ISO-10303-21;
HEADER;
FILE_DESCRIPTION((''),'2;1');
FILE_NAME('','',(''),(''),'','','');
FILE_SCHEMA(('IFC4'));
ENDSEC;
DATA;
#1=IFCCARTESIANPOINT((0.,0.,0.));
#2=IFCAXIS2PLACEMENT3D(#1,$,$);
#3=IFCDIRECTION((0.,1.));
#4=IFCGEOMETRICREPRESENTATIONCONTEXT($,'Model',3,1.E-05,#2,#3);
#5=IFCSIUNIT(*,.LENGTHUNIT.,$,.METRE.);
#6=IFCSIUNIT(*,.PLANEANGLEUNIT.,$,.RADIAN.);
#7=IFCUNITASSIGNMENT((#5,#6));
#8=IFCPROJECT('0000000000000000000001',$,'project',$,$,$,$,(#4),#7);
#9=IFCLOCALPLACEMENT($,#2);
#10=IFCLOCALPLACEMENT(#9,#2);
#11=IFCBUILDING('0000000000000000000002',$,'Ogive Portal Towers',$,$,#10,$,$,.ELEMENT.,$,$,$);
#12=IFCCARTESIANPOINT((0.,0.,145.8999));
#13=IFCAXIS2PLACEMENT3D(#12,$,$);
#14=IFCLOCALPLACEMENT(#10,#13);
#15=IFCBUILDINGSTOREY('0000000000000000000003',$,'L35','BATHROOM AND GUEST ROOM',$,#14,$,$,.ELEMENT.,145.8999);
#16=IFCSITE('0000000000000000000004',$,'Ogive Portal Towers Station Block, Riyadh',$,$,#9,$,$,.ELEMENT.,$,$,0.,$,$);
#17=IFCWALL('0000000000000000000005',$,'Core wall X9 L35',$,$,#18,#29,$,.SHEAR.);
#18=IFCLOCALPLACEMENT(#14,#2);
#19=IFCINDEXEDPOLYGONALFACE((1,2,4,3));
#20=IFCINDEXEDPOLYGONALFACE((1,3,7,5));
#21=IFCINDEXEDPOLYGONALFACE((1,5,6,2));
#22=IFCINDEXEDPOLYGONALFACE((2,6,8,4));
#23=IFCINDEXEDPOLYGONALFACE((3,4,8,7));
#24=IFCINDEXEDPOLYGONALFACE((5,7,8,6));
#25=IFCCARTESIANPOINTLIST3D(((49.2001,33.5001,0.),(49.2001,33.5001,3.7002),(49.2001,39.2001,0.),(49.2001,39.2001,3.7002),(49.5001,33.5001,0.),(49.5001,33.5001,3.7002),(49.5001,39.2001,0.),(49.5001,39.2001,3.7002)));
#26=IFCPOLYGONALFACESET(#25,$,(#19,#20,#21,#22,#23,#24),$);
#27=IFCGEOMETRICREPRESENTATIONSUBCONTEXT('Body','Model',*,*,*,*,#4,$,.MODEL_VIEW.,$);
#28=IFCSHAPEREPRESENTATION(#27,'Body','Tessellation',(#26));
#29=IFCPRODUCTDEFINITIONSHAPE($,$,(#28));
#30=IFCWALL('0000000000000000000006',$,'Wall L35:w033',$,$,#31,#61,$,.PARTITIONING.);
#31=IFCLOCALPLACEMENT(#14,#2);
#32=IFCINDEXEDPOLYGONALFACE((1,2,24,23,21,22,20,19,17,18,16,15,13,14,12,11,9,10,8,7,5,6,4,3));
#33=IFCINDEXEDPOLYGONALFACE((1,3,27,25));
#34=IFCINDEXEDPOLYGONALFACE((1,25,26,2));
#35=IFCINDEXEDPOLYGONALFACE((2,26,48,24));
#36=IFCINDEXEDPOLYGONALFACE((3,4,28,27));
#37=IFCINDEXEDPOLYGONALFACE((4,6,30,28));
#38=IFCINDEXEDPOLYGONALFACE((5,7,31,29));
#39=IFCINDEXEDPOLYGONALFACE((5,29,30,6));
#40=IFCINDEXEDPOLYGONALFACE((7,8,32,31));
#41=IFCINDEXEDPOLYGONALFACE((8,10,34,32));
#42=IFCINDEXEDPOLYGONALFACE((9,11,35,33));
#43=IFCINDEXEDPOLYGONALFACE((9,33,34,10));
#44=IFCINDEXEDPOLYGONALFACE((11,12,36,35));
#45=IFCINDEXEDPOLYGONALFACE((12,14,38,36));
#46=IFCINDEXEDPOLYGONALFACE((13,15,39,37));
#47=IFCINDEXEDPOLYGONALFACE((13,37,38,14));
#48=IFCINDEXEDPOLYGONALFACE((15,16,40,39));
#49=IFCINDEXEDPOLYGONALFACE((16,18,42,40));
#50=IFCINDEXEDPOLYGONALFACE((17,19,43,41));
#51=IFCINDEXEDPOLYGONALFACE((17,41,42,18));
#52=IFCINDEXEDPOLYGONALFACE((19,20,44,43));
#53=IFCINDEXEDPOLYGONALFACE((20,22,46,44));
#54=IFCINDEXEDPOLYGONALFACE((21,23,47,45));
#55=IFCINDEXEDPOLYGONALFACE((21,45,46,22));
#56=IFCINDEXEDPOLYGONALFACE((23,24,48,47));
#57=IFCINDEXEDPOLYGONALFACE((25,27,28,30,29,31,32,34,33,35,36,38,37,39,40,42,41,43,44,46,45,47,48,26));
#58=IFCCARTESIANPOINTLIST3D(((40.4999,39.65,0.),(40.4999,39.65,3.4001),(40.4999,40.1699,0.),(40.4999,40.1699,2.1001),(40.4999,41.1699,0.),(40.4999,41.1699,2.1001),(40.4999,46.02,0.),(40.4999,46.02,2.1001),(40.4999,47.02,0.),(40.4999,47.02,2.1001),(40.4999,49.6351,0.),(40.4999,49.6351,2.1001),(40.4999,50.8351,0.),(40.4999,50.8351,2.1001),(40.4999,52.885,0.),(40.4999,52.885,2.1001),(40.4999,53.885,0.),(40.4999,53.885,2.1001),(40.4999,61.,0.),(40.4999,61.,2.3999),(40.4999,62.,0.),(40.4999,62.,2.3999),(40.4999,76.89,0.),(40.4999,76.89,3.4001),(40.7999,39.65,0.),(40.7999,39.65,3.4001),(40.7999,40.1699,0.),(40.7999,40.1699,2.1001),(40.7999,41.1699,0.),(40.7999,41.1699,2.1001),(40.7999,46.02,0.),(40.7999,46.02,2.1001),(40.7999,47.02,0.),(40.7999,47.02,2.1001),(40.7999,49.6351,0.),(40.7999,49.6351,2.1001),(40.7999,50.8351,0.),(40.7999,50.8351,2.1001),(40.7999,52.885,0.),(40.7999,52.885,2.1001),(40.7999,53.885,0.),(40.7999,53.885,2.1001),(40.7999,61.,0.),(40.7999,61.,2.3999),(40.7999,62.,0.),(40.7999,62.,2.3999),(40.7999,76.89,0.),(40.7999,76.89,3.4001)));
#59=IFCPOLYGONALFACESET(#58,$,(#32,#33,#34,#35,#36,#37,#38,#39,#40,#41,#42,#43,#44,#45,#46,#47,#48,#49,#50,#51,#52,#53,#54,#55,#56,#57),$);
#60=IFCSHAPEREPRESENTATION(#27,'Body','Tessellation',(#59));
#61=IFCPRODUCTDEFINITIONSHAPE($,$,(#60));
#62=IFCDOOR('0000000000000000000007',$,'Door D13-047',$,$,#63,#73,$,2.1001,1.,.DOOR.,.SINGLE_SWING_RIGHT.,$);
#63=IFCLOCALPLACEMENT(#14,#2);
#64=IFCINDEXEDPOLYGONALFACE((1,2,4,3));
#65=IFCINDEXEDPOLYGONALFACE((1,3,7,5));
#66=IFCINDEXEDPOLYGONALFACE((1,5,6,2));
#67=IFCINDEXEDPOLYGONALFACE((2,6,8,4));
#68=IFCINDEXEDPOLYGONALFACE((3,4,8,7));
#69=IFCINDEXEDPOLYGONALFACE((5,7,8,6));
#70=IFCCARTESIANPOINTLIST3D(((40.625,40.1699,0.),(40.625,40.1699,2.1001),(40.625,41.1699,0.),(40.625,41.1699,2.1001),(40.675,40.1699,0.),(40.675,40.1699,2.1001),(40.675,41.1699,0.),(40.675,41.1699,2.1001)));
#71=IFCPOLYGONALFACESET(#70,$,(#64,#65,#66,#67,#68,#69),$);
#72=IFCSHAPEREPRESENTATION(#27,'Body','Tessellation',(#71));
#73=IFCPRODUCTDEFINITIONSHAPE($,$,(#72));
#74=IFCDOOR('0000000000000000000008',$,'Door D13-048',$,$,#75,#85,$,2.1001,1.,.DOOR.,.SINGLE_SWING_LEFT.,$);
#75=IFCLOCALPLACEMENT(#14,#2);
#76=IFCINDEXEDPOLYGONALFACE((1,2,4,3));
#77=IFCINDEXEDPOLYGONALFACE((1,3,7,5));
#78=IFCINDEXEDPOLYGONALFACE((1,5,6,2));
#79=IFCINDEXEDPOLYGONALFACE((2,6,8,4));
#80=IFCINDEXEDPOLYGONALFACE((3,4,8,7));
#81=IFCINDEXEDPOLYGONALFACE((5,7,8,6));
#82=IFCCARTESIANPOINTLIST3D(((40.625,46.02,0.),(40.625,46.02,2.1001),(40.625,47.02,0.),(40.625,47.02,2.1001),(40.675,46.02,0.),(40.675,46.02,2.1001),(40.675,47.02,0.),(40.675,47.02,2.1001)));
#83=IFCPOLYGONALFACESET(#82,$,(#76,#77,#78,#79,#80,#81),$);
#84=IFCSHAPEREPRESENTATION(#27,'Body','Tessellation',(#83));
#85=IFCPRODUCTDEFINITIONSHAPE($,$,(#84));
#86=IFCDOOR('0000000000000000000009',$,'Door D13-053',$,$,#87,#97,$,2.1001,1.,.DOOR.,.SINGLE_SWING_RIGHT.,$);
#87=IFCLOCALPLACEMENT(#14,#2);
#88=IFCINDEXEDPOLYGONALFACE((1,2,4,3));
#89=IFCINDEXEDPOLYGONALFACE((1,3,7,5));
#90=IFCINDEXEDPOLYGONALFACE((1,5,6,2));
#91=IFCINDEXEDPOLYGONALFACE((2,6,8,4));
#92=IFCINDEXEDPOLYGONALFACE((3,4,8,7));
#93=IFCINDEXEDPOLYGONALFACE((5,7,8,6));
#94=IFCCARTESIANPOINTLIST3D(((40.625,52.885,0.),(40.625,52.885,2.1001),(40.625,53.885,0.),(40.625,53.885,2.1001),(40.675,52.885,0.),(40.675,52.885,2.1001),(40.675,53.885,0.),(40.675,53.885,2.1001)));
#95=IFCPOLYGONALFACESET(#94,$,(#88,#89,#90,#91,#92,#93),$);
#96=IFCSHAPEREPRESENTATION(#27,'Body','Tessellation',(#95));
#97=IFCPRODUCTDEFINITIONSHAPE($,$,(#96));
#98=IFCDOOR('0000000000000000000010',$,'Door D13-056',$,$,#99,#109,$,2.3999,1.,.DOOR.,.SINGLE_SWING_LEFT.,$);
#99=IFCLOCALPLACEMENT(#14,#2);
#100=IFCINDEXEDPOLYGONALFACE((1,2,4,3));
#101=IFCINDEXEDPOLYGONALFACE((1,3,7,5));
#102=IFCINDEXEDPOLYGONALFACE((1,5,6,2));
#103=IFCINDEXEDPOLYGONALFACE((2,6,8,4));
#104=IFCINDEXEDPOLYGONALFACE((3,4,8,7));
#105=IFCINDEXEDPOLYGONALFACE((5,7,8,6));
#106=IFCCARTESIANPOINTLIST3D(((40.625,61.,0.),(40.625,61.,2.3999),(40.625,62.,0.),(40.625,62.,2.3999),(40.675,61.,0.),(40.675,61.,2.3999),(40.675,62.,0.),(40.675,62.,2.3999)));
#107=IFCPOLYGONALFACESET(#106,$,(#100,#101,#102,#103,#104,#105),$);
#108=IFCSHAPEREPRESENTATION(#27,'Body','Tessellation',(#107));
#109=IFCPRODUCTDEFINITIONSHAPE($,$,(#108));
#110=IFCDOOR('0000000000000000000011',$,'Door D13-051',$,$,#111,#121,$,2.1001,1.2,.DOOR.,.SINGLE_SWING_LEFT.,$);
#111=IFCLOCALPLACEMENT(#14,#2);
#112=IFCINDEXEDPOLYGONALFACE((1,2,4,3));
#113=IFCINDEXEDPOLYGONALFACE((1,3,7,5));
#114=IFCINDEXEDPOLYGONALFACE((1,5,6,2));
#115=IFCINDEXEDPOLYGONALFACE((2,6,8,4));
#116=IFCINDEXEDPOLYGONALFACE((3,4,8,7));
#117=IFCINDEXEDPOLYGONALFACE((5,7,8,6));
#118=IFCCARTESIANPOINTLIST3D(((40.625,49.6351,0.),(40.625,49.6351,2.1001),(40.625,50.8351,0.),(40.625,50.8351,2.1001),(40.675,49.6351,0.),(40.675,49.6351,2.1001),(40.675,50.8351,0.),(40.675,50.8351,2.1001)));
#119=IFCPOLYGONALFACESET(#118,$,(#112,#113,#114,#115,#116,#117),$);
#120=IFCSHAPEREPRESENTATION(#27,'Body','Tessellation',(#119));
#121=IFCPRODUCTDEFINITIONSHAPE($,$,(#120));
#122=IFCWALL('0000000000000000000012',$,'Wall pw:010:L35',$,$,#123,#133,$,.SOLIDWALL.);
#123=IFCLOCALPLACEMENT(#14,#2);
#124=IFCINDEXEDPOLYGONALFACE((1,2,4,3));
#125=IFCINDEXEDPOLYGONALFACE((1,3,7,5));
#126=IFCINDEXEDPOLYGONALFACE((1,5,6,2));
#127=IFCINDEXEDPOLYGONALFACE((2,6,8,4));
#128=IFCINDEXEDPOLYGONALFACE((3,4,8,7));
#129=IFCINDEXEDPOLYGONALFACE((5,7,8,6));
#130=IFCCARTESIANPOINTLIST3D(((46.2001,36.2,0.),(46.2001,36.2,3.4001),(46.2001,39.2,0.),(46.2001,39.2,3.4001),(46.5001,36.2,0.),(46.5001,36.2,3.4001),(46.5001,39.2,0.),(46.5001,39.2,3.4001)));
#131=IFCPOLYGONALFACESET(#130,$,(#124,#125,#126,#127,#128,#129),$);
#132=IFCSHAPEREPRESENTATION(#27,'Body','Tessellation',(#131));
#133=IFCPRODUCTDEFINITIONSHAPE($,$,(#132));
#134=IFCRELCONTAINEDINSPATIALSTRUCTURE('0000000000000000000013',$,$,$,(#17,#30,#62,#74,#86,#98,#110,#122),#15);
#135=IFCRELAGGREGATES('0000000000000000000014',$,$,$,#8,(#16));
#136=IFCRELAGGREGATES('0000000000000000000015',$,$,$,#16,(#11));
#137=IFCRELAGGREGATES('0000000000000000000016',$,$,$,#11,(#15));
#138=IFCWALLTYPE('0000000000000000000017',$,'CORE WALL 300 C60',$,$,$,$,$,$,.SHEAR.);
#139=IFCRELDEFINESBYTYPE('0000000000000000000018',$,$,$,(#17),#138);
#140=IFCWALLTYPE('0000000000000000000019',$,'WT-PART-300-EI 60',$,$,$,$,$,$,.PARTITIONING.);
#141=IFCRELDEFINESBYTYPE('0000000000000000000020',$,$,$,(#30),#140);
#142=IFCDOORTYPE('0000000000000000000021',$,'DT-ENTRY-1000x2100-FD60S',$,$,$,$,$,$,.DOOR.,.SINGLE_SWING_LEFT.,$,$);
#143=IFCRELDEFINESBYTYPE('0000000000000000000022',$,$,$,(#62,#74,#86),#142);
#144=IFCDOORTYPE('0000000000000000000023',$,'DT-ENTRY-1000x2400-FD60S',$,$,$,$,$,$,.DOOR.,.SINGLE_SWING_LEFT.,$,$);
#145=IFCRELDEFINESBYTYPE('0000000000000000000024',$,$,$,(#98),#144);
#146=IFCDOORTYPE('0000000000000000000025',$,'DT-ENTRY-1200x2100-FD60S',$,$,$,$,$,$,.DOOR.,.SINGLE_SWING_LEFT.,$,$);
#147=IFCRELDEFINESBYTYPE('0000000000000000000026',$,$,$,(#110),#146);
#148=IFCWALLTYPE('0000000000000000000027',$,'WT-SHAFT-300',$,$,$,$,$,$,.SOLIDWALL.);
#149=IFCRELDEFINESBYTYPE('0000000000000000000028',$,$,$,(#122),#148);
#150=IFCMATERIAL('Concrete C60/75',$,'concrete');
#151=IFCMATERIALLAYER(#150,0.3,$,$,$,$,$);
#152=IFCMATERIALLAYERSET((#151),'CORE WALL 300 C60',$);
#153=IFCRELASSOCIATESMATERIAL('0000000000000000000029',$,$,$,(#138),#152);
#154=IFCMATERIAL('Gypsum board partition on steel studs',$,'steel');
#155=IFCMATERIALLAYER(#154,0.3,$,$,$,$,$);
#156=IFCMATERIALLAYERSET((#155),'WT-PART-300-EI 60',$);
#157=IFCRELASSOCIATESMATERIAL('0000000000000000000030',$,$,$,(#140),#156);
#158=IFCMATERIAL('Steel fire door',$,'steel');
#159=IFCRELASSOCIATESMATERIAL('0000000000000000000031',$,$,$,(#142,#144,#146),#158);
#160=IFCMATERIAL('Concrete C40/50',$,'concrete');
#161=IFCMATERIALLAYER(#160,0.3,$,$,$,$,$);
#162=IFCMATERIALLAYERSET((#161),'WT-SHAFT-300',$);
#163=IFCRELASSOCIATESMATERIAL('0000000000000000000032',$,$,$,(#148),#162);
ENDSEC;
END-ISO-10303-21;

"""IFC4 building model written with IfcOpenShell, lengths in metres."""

from ifc_helpers import new_model, si_unit, direction, frame, frame_2d, origin, place, context, subcontext, project, spatial, rectangle, extrude, material, layer, layer_set, type_object, element, fill, save


model = new_model("IFC4")

# Units and contexts
model_context = context("Model", 3, precision=1e-05, world=origin(), true_north=direction((0.0, 1.0)))
body_context = subcontext(model_context, "Body", "Model", "MODEL_VIEW")
ifc_project = project(units=[si_unit("LENGTHUNIT", "METRE"), si_unit("PLANEANGLEUNIT", "RADIAN")], contexts=[model_context])

# Site, building, storey
site_placement = place(None, origin())
site = spatial("IfcSite", under=ifc_project, at=site_placement, Name="Ogive Portal Towers Station Block, Riyadh", CompositionType="ELEMENT", RefElevation=0.0)
building_placement = place(site_placement, origin())
building = spatial("IfcBuilding", under=site, at=building_placement, Name="Ogive Portal Towers", CompositionType="ELEMENT")
storey_placement = place(building_placement, frame((0.0, 0.0, 145.8999)))
storey = spatial("IfcBuildingStorey", under=building, at=storey_placement, Name="L35", Description="BATHROOM AND GUEST ROOM", CompositionType="ELEMENT", Elevation=145.8999)

# Shared definitions
ifc_material_1 = material(Name="Concrete C60/75", Category="concrete")
ifc_layer_1 = layer(ifc_material_1, 0.3)
ifc_layer_set_1 = layer_set([ifc_layer_1], Name="CORE WALL 300 C60")
wall_type_1 = type_object("IfcWallType", Name="CORE WALL 300 C60", PredefinedType="SHEAR", material=ifc_layer_set_1)
ifc_material_2 = material(Name="Steel fire door", Category="steel")

# Wall
wall_1_placement = place(storey_placement, frame((49.3501, 33.5, 0.0), z_axis=(0.0, 0.0, 1.0), x_axis=(0.0, 1.0, 0.0)))
element("IfcWall", 1, at=wall_1_placement, inside=storey, type_object=wall_type_1, Name="Core wall X9 L35", PredefinedType="SHEAR", context=body_context, shape_type="SweptSolid", body=[
    extrude(rectangle(XDim=5.7, YDim=0.3, at=frame_2d((2.8501, 0.0))), origin(), (0.0, 0.0, 1.0), 3.7002),
])

# Wall, openings, doors
ifc_material_3 = material(Name="Gypsum board partition on steel studs", Category="steel")
ifc_layer_2 = layer(ifc_material_3, 0.3)
ifc_layer_set_2 = layer_set([ifc_layer_2], Name="WT-PART-300-EI 60")
wall_type_2 = type_object("IfcWallType", Name="WT-PART-300-EI 60", PredefinedType="PARTITIONING", material=ifc_layer_set_2)
wall_2_placement = place(storey_placement, frame((40.6499, 39.6499, 0.0), z_axis=(0.0, 0.0, 1.0), x_axis=(0.0, 1.0, 0.0)))
wall_2 = element("IfcWall", 2, at=wall_2_placement, inside=storey, type_object=wall_type_2, Name="Wall L35:w033", PredefinedType="PARTITIONING", context=body_context, shape_type="SweptSolid", body=[
    extrude(rectangle(XDim=37.24, YDim=0.3, at=frame_2d((18.6201, 0.0))), origin(), (0.0, 0.0, 1.0), 3.4001),
])
opening_1_placement = place(wall_2_placement, frame((0.52, 0.0, 0.0)))
opening_1 = element("IfcOpeningElement", 3, at=opening_1_placement, cuts=wall_2, PredefinedType="OPENING", context=body_context, shape_type="SweptSolid", body=[
    extrude(rectangle(XDim=1.0, YDim=2.1001, at=frame_2d((0.5, 1.05))), frame((0.0, 0.1602, 0.0), z_axis=(0.0, -1.0, 0.0), x_axis=(1.0, 0.0, 0.0)), (0.0, 0.0, 1.0), 0.3201),
])
opening_2_placement = place(wall_2_placement, frame((6.3701, 0.0, 0.0)))
opening_2 = element("IfcOpeningElement", 4, at=opening_2_placement, cuts=wall_2, PredefinedType="OPENING", context=body_context, shape_type="SweptSolid", body=[
    extrude(rectangle(XDim=1.0, YDim=2.1001, at=frame_2d((0.5, 1.05))), frame((0.0, 0.1602, 0.0), z_axis=(0.0, -1.0, 0.0), x_axis=(1.0, 0.0, 0.0)), (0.0, 0.0, 1.0), 0.3201),
])
opening_3_placement = place(wall_2_placement, frame((9.9851, 0.0, 0.0)))
opening_3 = element("IfcOpeningElement", 5, at=opening_3_placement, cuts=wall_2, PredefinedType="OPENING", context=body_context, shape_type="SweptSolid", body=[
    extrude(rectangle(XDim=1.2, YDim=2.1001, at=frame_2d((0.6001, 1.05))), frame((0.0, 0.1602, 0.0), z_axis=(0.0, -1.0, 0.0), x_axis=(1.0, 0.0, 0.0)), (0.0, 0.0, 1.0), 0.3201),
])
opening_4_placement = place(wall_2_placement, frame((13.2351, 0.0, 0.0)))
opening_4 = element("IfcOpeningElement", 6, at=opening_4_placement, cuts=wall_2, PredefinedType="OPENING", context=body_context, shape_type="SweptSolid", body=[
    extrude(rectangle(XDim=1.0, YDim=2.1001, at=frame_2d((0.5, 1.05))), frame((0.0, 0.1602, 0.0), z_axis=(0.0, -1.0, 0.0), x_axis=(1.0, 0.0, 0.0)), (0.0, 0.0, 1.0), 0.3201),
])
opening_5_placement = place(wall_2_placement, frame((21.3501, 0.0, 0.0)))
opening_5 = element("IfcOpeningElement", 7, at=opening_5_placement, cuts=wall_2, PredefinedType="OPENING", context=body_context, shape_type="SweptSolid", body=[
    extrude(rectangle(XDim=1.0, YDim=2.3999, at=frame_2d((0.5, 1.2))), frame((0.0, 0.1602, 0.0), z_axis=(0.0, -1.0, 0.0), x_axis=(1.0, 0.0, 0.0)), (0.0, 0.0, 1.0), 0.3201),
])
door_type_1 = type_object("IfcDoorType", Name="DT-ENTRY-1000x2100-FD60S", OperationType="SINGLE_SWING_LEFT", PredefinedType="DOOR", material=ifc_material_2)
door_1_placement = place(opening_1_placement, origin())
door_1 = element("IfcDoor", 8, at=door_1_placement, inside=storey, type_object=door_type_1, Name="Door D13-047", OperationType="SINGLE_SWING_RIGHT", OverallHeight=2.1001, OverallWidth=1.0, PredefinedType="DOOR", context=body_context, shape_type="SweptSolid", body=[
    extrude(rectangle(XDim=1.0, YDim=2.1001, at=frame_2d((0.5, 1.05))), frame((0.0, 0.0249, 0.0), z_axis=(0.0, -1.0, 0.0), x_axis=(1.0, 0.0, 0.0)), (0.0, 0.0, 1.0), 0.05),
])
fill(opening_1, door_1)
door_2_placement = place(opening_2_placement, origin())
door_2 = element("IfcDoor", 9, at=door_2_placement, inside=storey, type_object=door_type_1, Name="Door D13-048", OperationType="SINGLE_SWING_LEFT", OverallHeight=2.1001, OverallWidth=1.0, PredefinedType="DOOR", context=body_context, shape_type="SweptSolid", body=[
    extrude(rectangle(XDim=1.0, YDim=2.1001, at=frame_2d((0.5, 1.05))), frame((0.0, 0.0249, 0.0), z_axis=(0.0, -1.0, 0.0), x_axis=(1.0, 0.0, 0.0)), (0.0, 0.0, 1.0), 0.05),
])
fill(opening_2, door_2)
door_3_placement = place(opening_4_placement, origin())
door_3 = element("IfcDoor", 10, at=door_3_placement, inside=storey, type_object=door_type_1, Name="Door D13-053", OperationType="SINGLE_SWING_RIGHT", OverallHeight=2.1001, OverallWidth=1.0, PredefinedType="DOOR", context=body_context, shape_type="SweptSolid", body=[
    extrude(rectangle(XDim=1.0, YDim=2.1001, at=frame_2d((0.5, 1.05))), frame((0.0, 0.0249, 0.0), z_axis=(0.0, -1.0, 0.0), x_axis=(1.0, 0.0, 0.0)), (0.0, 0.0, 1.0), 0.05),
])
fill(opening_4, door_3)
door_type_2 = type_object("IfcDoorType", Name="DT-ENTRY-1000x2400-FD60S", OperationType="SINGLE_SWING_LEFT", PredefinedType="DOOR", material=ifc_material_2)
door_4_placement = place(opening_5_placement, origin())
door_4 = element("IfcDoor", 11, at=door_4_placement, inside=storey, type_object=door_type_2, Name="Door D13-056", OperationType="SINGLE_SWING_LEFT", OverallHeight=2.3999, OverallWidth=1.0, PredefinedType="DOOR", context=body_context, shape_type="SweptSolid", body=[
    extrude(rectangle(XDim=1.0, YDim=2.3999, at=frame_2d((0.5, 1.2))), frame((0.0, 0.0249, 0.0), z_axis=(0.0, -1.0, 0.0), x_axis=(1.0, 0.0, 0.0)), (0.0, 0.0, 1.0), 0.05),
])
fill(opening_5, door_4)
door_type_3 = type_object("IfcDoorType", Name="DT-ENTRY-1200x2100-FD60S", OperationType="SINGLE_SWING_LEFT", PredefinedType="DOOR", material=ifc_material_2)
door_5_placement = place(opening_3_placement, origin())
door_5 = element("IfcDoor", 12, at=door_5_placement, inside=storey, type_object=door_type_3, Name="Door D13-051", OperationType="SINGLE_SWING_LEFT", OverallHeight=2.1001, OverallWidth=1.2, PredefinedType="DOOR", context=body_context, shape_type="SweptSolid", body=[
    extrude(rectangle(XDim=1.2, YDim=2.1001, at=frame_2d((0.6001, 1.05))), frame((0.0, 0.0249, 0.0), z_axis=(0.0, -1.0, 0.0), x_axis=(1.0, 0.0, 0.0)), (0.0, 0.0, 1.0), 0.05),
])
fill(opening_3, door_5)

# Wall
ifc_material_4 = material(Name="Concrete C40/50", Category="concrete")
ifc_layer_3 = layer(ifc_material_4, 0.3)
ifc_layer_set_3 = layer_set([ifc_layer_3], Name="WT-SHAFT-300")
wall_type_3 = type_object("IfcWallType", Name="WT-SHAFT-300", PredefinedType="SOLIDWALL", material=ifc_layer_set_3)
wall_3_placement = place(storey_placement, frame((46.3501, 36.2, 0.0), z_axis=(0.0, 0.0, 1.0), x_axis=(0.0, 1.0, 0.0)))
element("IfcWall", 13, at=wall_3_placement, inside=storey, type_object=wall_type_3, Name="Wall pw:010:L35", PredefinedType="SOLIDWALL", context=body_context, shape_type="SweptSolid", body=[
    extrude(rectangle(XDim=3.0, YDim=0.3, at=frame_2d((1.5, 0.0))), origin(), (0.0, 0.0, 1.0), 3.4001),
])

save(model, "model.ifc")
